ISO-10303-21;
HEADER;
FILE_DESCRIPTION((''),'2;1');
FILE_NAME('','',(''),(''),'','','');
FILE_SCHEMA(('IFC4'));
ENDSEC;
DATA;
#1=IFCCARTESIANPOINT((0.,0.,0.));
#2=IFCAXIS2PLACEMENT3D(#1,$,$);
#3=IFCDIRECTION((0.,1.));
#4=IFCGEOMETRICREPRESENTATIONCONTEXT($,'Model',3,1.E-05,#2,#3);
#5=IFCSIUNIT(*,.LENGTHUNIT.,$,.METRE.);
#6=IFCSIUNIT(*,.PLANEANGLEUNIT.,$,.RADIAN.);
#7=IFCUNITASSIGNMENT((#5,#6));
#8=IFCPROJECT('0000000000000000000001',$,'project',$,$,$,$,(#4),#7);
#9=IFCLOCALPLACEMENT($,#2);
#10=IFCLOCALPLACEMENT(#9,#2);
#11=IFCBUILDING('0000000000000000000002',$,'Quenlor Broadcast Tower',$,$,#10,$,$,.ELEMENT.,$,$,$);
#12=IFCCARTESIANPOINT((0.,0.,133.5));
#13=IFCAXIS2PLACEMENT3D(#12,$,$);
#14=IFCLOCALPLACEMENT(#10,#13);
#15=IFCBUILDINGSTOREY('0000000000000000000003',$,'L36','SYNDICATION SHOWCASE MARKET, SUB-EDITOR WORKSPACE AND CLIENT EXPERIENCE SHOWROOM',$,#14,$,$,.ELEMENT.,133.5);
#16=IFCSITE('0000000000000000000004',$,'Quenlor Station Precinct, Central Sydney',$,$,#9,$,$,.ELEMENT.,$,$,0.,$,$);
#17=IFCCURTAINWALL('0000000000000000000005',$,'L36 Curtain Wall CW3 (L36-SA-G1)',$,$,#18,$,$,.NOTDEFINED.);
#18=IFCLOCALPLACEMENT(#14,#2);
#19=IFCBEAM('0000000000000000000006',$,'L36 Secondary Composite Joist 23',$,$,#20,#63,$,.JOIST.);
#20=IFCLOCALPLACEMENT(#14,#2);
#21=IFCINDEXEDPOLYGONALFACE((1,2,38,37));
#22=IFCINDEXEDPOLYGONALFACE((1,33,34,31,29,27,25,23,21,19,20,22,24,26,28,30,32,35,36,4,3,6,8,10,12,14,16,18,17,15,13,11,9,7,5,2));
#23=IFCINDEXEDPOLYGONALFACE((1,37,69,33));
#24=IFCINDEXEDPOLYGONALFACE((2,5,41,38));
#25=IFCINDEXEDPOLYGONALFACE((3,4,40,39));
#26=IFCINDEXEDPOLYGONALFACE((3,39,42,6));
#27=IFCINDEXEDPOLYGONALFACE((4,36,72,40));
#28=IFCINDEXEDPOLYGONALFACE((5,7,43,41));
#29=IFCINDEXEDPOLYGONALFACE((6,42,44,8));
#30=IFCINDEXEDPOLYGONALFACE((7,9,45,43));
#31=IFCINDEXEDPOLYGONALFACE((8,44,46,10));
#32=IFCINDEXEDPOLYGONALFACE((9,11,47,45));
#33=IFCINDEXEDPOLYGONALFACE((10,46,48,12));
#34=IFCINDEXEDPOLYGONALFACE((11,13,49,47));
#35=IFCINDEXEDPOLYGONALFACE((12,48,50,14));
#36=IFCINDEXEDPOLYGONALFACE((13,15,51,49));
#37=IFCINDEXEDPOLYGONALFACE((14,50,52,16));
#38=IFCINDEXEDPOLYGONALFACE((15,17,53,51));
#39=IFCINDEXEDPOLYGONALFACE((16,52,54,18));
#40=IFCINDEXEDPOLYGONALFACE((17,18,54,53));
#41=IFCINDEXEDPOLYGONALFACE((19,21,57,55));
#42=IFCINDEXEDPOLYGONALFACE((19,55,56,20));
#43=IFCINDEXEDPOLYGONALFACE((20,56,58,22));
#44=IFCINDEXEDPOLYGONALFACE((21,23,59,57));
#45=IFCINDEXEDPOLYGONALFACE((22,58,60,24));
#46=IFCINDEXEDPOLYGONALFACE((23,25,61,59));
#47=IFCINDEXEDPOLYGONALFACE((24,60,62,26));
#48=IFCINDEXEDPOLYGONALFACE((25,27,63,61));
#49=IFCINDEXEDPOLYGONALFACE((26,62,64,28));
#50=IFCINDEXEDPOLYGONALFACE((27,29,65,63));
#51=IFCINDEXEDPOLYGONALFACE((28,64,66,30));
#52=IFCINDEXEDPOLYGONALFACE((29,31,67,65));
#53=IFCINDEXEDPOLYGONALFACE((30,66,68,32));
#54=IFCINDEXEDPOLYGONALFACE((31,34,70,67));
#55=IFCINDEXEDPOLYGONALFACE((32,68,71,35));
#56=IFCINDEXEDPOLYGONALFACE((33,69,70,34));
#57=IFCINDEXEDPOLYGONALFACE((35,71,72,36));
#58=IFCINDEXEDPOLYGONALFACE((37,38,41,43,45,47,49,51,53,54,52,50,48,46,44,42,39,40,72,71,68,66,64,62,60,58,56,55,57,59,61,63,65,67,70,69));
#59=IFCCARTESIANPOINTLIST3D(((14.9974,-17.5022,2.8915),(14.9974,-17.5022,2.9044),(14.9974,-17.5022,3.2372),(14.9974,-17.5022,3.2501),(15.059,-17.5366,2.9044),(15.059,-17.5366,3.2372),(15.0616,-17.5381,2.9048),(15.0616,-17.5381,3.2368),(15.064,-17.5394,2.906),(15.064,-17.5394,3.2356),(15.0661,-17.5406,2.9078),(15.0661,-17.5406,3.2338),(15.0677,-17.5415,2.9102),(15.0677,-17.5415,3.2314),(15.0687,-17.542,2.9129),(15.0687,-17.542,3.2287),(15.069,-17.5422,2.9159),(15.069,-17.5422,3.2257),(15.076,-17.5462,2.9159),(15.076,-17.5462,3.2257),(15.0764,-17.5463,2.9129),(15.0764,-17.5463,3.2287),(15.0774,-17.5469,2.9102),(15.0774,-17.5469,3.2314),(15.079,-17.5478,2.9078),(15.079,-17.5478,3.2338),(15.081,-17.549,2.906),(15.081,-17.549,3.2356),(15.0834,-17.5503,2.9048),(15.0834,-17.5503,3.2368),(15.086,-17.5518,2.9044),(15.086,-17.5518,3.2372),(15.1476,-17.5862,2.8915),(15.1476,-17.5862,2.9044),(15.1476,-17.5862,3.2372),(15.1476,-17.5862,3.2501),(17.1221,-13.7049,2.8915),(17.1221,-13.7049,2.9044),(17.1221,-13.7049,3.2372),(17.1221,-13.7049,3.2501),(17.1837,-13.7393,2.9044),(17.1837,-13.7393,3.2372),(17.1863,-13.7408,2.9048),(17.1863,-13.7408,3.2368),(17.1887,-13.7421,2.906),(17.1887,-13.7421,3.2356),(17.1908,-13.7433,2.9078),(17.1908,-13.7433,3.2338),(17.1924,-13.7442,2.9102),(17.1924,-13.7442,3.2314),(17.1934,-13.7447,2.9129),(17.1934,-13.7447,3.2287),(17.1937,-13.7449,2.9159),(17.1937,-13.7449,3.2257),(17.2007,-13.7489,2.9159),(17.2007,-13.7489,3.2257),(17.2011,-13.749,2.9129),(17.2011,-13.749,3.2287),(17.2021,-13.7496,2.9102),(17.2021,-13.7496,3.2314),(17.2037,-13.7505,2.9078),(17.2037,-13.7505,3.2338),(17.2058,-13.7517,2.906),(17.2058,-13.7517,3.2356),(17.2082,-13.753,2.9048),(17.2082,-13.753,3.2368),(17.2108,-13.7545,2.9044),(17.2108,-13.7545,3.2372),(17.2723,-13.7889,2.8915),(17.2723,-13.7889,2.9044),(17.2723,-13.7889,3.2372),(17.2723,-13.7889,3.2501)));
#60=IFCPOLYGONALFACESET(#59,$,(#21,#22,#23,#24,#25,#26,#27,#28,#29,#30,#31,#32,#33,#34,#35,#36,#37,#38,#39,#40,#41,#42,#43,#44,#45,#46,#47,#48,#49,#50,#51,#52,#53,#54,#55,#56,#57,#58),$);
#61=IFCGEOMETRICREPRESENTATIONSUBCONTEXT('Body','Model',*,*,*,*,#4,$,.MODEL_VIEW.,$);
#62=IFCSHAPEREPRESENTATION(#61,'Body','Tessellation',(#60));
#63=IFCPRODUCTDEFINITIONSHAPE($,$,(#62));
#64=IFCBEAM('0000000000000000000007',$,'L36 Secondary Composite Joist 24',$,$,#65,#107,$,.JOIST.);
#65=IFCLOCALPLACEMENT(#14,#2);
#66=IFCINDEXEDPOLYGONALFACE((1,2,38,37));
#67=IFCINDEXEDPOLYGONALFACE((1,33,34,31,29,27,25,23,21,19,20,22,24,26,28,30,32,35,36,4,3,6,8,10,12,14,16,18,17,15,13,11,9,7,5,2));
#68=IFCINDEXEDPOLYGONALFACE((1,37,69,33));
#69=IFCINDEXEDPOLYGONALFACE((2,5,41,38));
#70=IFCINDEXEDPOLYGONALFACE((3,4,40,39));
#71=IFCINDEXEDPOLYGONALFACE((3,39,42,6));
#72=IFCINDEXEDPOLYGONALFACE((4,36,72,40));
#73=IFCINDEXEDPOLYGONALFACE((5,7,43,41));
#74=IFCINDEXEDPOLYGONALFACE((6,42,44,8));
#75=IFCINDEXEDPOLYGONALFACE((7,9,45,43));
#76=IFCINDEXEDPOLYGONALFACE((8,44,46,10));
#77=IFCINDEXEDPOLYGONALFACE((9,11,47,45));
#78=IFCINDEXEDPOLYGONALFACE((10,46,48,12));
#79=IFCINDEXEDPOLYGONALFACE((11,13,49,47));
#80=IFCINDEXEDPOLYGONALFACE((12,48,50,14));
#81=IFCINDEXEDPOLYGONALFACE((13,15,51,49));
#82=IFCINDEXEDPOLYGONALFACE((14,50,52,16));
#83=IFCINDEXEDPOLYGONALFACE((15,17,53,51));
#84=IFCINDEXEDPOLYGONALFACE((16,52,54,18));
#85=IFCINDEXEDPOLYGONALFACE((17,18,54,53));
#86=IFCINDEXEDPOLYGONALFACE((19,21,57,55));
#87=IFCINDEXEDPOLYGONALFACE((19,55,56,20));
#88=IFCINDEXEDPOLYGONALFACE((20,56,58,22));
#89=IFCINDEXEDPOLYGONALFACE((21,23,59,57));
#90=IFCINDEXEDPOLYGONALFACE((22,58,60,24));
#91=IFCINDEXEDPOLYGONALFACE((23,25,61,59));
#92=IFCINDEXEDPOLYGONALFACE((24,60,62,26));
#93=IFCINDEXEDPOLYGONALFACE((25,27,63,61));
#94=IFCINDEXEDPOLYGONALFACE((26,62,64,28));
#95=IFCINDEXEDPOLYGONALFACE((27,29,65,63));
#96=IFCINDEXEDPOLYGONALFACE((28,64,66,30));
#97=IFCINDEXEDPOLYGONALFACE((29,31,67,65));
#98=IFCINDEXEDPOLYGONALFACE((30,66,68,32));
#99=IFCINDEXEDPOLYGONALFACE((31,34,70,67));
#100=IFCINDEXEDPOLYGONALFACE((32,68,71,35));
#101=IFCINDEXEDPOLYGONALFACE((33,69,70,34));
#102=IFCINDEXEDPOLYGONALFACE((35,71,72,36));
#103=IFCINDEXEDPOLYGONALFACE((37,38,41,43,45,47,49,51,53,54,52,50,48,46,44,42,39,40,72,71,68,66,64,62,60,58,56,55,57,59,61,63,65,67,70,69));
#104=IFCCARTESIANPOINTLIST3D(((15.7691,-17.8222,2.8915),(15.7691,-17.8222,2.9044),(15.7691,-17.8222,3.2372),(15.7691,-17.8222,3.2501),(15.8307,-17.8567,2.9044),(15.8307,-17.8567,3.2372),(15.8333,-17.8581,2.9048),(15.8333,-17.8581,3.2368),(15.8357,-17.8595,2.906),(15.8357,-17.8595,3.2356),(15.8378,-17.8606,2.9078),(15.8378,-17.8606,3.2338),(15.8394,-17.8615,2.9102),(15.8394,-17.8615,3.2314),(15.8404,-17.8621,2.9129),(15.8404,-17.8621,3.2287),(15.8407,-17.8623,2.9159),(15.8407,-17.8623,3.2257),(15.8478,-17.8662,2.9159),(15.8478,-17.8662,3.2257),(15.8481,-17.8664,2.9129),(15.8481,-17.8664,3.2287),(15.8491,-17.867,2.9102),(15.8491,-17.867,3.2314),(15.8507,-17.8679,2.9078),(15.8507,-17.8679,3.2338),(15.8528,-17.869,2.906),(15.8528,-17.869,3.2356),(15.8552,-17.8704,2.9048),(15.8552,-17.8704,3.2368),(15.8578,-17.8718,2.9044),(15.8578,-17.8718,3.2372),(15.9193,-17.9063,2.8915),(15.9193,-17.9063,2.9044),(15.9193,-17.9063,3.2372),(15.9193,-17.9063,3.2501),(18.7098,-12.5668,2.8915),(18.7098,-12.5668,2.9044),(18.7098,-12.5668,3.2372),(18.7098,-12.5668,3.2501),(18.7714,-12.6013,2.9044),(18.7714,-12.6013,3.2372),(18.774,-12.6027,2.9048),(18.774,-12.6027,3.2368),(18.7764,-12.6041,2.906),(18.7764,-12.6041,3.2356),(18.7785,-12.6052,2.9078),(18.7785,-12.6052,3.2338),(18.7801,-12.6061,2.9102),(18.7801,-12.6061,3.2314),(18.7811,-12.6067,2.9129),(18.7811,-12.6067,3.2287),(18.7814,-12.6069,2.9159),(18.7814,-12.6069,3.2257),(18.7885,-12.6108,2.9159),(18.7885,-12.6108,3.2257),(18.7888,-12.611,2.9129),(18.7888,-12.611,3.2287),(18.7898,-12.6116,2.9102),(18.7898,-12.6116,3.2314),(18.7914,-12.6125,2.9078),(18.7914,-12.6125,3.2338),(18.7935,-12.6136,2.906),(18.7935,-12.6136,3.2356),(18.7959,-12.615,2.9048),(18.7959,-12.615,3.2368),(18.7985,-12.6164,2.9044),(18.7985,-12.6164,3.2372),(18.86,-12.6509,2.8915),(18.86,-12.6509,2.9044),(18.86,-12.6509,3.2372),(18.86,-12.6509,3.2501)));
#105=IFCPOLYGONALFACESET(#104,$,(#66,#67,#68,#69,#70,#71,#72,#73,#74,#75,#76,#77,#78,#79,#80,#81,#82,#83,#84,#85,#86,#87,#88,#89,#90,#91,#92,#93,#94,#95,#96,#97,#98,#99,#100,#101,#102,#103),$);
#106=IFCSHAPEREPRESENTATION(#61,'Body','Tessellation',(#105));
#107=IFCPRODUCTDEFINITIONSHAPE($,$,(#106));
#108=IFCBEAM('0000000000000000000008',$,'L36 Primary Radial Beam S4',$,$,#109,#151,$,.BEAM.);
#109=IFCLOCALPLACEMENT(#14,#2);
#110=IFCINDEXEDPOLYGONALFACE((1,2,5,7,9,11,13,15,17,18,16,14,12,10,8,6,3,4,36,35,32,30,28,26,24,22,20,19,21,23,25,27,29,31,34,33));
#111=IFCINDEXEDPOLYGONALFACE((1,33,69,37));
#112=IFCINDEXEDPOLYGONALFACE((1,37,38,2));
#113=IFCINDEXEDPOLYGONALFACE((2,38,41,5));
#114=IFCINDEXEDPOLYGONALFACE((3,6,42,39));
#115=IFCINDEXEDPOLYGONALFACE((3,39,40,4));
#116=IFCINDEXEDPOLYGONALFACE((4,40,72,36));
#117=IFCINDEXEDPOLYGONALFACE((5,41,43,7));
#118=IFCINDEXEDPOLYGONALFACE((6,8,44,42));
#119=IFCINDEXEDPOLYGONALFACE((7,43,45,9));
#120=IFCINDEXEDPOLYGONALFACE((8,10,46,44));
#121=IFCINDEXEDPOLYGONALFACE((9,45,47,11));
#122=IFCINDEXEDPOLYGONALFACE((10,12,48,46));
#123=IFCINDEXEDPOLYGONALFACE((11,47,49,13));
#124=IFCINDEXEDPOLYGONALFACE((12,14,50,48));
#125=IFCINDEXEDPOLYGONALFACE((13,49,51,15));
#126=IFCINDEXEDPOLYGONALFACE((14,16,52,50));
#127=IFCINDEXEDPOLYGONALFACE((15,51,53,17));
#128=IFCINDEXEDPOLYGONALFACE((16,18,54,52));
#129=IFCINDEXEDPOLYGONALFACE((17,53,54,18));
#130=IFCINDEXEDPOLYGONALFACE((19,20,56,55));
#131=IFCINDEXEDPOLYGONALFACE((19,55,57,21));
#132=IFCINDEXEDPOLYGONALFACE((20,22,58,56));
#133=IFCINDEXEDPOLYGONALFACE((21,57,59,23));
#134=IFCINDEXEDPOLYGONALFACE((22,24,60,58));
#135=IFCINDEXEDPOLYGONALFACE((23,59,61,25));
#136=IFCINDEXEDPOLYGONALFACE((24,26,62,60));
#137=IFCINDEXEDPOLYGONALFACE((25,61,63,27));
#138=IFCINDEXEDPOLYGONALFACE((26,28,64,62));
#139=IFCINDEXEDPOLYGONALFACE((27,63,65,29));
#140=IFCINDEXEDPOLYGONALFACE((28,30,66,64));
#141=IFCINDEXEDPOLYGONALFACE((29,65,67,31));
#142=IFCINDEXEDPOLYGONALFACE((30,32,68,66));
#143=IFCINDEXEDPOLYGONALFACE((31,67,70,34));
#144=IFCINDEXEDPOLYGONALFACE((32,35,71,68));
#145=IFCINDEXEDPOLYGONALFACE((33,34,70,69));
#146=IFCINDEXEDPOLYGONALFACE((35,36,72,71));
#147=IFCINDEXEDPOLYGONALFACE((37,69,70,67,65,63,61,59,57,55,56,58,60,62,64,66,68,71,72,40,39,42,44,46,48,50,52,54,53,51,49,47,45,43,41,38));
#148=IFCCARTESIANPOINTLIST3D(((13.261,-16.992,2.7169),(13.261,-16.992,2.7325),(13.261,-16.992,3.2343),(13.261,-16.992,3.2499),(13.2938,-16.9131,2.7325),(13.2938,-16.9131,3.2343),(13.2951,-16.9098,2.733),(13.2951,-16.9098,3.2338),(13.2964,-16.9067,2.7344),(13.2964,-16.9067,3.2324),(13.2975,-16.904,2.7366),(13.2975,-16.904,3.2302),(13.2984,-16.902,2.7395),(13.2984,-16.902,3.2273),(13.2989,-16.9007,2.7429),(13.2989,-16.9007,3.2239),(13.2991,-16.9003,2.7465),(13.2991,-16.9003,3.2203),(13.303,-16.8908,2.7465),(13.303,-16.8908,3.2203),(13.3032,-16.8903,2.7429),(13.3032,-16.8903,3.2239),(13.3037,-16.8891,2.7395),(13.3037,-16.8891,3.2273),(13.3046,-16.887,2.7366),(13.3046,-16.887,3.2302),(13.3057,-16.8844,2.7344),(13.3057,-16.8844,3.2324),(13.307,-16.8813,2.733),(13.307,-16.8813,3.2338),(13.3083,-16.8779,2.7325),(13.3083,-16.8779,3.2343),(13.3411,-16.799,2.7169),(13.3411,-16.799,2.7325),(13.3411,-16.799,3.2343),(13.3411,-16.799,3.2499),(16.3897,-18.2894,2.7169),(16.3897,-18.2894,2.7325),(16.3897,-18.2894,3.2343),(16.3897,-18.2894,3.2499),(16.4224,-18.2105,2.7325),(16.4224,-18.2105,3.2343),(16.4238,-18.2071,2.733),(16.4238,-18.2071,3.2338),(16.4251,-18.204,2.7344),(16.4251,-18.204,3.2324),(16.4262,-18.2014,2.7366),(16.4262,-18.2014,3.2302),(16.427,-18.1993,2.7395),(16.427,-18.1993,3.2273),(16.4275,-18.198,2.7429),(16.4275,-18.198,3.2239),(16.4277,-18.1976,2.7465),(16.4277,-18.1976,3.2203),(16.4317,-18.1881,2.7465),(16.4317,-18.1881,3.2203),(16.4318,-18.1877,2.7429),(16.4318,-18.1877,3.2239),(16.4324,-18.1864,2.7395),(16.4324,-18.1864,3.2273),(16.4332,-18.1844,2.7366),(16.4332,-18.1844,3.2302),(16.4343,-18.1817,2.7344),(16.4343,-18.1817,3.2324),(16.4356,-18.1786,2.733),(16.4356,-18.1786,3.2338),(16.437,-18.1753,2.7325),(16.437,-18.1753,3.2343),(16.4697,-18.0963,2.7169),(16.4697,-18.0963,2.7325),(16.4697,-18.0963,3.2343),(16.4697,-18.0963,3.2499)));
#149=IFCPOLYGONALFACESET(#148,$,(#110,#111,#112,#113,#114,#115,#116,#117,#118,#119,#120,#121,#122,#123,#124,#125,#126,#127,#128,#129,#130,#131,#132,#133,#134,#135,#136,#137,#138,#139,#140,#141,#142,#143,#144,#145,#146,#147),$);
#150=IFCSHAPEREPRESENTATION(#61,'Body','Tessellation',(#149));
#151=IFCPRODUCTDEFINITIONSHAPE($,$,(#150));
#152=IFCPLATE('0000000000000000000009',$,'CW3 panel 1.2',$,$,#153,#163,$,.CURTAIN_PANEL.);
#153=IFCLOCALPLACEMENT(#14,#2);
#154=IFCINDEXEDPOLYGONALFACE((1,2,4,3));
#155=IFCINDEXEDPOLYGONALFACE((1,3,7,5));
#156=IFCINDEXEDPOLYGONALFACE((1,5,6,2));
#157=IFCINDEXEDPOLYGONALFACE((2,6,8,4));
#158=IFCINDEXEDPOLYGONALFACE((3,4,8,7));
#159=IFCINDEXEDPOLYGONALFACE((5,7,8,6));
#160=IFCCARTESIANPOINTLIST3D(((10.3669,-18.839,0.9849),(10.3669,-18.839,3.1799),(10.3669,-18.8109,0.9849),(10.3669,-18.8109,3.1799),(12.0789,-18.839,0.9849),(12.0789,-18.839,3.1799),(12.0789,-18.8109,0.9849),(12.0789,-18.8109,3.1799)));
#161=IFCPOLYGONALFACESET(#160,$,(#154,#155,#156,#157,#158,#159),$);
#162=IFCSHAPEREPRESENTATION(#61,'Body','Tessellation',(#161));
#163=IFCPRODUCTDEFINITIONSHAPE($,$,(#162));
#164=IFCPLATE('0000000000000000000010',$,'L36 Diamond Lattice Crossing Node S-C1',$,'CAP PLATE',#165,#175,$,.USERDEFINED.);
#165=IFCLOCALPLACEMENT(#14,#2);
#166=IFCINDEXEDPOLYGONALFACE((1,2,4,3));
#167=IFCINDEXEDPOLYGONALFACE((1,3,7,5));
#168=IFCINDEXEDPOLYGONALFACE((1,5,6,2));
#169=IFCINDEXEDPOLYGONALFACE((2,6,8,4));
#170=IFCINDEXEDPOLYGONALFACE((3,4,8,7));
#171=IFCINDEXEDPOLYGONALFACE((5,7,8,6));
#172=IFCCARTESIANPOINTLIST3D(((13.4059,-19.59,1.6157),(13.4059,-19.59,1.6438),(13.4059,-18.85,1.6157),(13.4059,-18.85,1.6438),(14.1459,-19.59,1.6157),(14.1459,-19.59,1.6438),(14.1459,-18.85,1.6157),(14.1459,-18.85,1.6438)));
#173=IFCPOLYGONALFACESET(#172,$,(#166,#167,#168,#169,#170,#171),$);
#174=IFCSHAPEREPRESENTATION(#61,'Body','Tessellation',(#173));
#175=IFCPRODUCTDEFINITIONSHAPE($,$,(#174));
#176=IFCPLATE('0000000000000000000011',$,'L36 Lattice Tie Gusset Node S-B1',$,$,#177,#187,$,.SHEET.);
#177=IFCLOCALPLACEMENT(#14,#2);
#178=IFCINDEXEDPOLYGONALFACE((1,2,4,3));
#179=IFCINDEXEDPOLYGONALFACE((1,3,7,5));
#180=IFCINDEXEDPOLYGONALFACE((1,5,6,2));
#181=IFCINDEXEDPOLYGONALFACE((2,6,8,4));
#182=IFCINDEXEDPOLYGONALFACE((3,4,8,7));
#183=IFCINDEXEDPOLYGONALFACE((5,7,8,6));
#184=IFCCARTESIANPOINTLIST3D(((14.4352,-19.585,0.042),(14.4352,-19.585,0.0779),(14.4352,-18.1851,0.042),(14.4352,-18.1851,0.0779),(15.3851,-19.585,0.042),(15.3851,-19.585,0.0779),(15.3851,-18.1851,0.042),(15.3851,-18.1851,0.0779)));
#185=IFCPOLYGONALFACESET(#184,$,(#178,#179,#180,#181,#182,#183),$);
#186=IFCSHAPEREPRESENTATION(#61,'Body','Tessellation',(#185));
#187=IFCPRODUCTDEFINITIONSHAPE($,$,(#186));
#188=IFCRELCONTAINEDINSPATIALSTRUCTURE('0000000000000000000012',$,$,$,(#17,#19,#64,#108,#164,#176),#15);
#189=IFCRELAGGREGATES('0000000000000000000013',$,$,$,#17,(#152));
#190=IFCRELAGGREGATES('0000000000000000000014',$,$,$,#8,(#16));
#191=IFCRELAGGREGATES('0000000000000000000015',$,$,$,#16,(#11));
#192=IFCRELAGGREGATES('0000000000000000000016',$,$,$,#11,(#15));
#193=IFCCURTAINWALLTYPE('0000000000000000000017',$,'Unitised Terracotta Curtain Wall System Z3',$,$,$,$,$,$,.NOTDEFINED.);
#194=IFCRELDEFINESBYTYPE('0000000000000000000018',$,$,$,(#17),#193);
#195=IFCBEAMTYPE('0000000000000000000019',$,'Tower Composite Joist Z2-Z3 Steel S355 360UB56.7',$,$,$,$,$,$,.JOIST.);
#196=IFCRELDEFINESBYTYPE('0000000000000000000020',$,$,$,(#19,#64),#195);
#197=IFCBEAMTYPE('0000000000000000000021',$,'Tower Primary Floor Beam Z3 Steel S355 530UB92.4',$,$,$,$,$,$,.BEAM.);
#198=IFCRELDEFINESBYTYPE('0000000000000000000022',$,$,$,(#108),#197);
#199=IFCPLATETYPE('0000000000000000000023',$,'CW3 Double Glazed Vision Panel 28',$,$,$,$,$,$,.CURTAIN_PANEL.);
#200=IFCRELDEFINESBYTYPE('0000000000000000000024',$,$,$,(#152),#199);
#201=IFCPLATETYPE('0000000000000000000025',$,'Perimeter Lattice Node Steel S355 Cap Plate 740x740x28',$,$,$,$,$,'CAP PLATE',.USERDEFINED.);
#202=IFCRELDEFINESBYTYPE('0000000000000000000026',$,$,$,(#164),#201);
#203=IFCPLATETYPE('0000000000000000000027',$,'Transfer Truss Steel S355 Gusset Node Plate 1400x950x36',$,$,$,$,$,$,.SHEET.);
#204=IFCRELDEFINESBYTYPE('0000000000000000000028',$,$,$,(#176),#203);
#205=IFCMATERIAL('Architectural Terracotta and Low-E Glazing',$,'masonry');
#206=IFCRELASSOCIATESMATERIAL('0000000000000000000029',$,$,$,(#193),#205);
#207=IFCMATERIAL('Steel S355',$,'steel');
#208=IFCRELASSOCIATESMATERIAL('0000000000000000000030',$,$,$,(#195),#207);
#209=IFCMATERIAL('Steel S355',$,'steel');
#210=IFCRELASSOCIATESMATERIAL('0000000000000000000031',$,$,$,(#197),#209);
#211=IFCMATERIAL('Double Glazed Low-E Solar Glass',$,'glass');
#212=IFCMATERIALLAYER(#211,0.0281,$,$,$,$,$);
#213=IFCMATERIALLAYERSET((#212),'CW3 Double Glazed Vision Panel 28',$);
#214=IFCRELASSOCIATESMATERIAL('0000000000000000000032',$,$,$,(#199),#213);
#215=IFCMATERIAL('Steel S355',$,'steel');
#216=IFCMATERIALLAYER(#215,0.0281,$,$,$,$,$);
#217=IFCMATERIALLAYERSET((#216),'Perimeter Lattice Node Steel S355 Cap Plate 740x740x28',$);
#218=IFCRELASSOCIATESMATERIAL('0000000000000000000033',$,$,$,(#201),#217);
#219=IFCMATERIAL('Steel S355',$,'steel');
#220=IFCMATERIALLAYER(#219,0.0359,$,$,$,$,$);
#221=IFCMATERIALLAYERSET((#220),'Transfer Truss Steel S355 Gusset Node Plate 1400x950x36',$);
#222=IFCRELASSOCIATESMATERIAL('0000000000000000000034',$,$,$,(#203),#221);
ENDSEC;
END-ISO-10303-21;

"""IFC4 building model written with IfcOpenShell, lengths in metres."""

from ifc_helpers import new_model, si_unit, direction, frame, origin, origin_2d, place, context, subcontext, project, spatial, rectangle, i_section, extrude, material, layer, layer_set, material_profile, profile_set, type_object, element, aggregate, save


model = new_model("IFC4")

# Units and contexts
model_context = context("Model", 3, precision=1e-05, world=origin(), true_north=direction((0.0, 1.0)))
body_context = subcontext(model_context, "Body", "Model", "MODEL_VIEW")
ifc_project = project(units=[si_unit("LENGTHUNIT", "METRE"), si_unit("PLANEANGLEUNIT", "RADIAN")], contexts=[model_context])

# Site, building, storey
site_placement = place(None, origin())
site = spatial("IfcSite", under=ifc_project, at=site_placement, Name="Quenlor Station Precinct, Central Sydney", CompositionType="ELEMENT", RefElevation=0.0)
building_placement = place(site_placement, origin())
building = spatial("IfcBuilding", under=site, at=building_placement, Name="Quenlor Broadcast Tower", CompositionType="ELEMENT")
storey_placement = place(building_placement, frame((0.0, 0.0, 133.5)))
storey = spatial("IfcBuildingStorey", under=building, at=storey_placement, Name="L36", Description="SYNDICATION SHOWCASE MARKET, SUB-EDITOR WORKSPACE AND CLIENT EXPERIENCE SHOWROOM", CompositionType="ELEMENT", Elevation=133.5)

# Curtain wall
ifc_material_1 = material(Name="Architectural Terracotta and Low-E Glazing", Category="masonry")
curtain_wall_type = type_object("IfcCurtainWallType", Name="Unitised Terracotta Curtain Wall System Z3", PredefinedType="NOTDEFINED", material=ifc_material_1)
curtain_wall_placement = place(storey_placement, origin())
curtain_wall = element("IfcCurtainWall", 1, at=curtain_wall_placement, inside=storey, type_object=curtain_wall_type, Name="L36 Curtain Wall CW3 (L36-SA-G1)", PredefinedType="NOTDEFINED")

# Beams
ifc_material_2 = material(Name="Steel S355", Category="steel")
ifc_material_profile_1 = material_profile(ifc_material_2, i_section(OverallWidth=0.1721, OverallDepth=0.3586, WebThickness=0.0081, FlangeThickness=0.0129, FilletRadius=0.0115, at=origin_2d()))
ifc_profile_set_1 = profile_set([ifc_material_profile_1], Name="Steel S355 360UB56.7")
beam_type_1 = type_object("IfcBeamType", Name="Tower Composite Joist Z2-Z3 Steel S355 360UB56.7", PredefinedType="JOIST", material=ifc_profile_set_1)
beam_1_placement = place(storey_placement, frame((15.0725, -17.5442, 3.0708), z_axis=(0.488294, 0.872679, 0.0), x_axis=(-0.872679, 0.488294, 0.0)))
element("IfcBeam", 2, at=beam_1_placement, inside=storey, type_object=beam_type_1, Name="L36 Secondary Composite Joist 23", PredefinedType="JOIST", context=body_context, shape_type="SweptSolid", body=[
    extrude(i_section(OverallWidth=0.1721, OverallDepth=0.3586, WebThickness=0.0081, FlangeThickness=0.0129, FilletRadius=0.0115, at=origin_2d()), origin(), (0.0, 0.0, 1.0), 4.3513),
])
beam_2_placement = place(storey_placement, frame((15.8442, -17.8643, 3.0708), z_axis=(0.488308, 0.872671, 0.0), x_axis=(-0.872671, 0.488308, 0.0)))
element("IfcBeam", 3, at=beam_2_placement, inside=storey, type_object=beam_type_1, Name="L36 Secondary Composite Joist 24", PredefinedType="JOIST", context=body_context, shape_type="SweptSolid", body=[
    extrude(i_section(OverallWidth=0.1721, OverallDepth=0.3586, WebThickness=0.0081, FlangeThickness=0.0129, FilletRadius=0.0115, at=origin_2d()), origin(), (0.0, 0.0, 1.0), 6.0222),
])
ifc_material_3 = material(Name="Steel S355", Category="steel")
ifc_material_profile_2 = material_profile(ifc_material_3, i_section(OverallWidth=0.209, OverallDepth=0.533, WebThickness=0.0103, FlangeThickness=0.0156, FilletRadius=0.0139, at=origin_2d()))
ifc_profile_set_2 = profile_set([ifc_material_profile_2], Name="Steel S355 530UB92.4")
beam_type_2 = type_object("IfcBeamType", Name="Tower Primary Floor Beam Z3 Steel S355 530UB92.4", PredefinedType="BEAM", material=ifc_profile_set_2)
beam_3_placement = place(storey_placement, frame((16.4297, -18.1929, 2.9834), z_axis=(-0.92373, 0.383044, 0.0), x_axis=(-0.383044, -0.92373, 0.0)))
element("IfcBeam", 4, at=beam_3_placement, inside=storey, type_object=beam_type_2, Name="L36 Primary Radial Beam S4", PredefinedType="BEAM", context=body_context, shape_type="SweptSolid", body=[
    extrude(i_section(OverallWidth=0.209, OverallDepth=0.533, WebThickness=0.0103, FlangeThickness=0.0156, FilletRadius=0.0139, at=origin_2d()), origin(), (0.0, 0.0, 1.0), 3.387),
])

# Plate
ifc_material_4 = material(Name="Double Glazed Low-E Solar Glass", Category="glass")
ifc_layer_1 = layer(ifc_material_4, 0.0281)
ifc_layer_set_1 = layer_set([ifc_layer_1], Name="CW3 Double Glazed Vision Panel 28")
plate_type_1 = type_object("IfcPlateType", Name="CW3 Double Glazed Vision Panel 28", PredefinedType="CURTAIN_PANEL", material=ifc_layer_set_1)
plate_1_placement = place(storey_placement, frame((11.2229, -18.825, 0.9849), z_axis=(0.0, 0.0, 1.0), x_axis=(-1.0, 0.0, 0.0)))
plate_1 = element("IfcPlate", 5, at=plate_1_placement, type_object=plate_type_1, Name="CW3 panel 1.2", PredefinedType="CURTAIN_PANEL", context=body_context, shape_type="SweptSolid", body=[
    extrude(rectangle(XDim=1.7119, YDim=0.0281, at=origin_2d()), origin(), (0.0, 0.0, 1.0), 2.1951),
])
aggregate(curtain_wall, [plate_1])

# Plates
ifc_material_5 = material(Name="Steel S355", Category="steel")
ifc_layer_2 = layer(ifc_material_5, 0.0281)
ifc_layer_set_2 = layer_set([ifc_layer_2], Name="Perimeter Lattice Node Steel S355 Cap Plate 740x740x28")
plate_type_2 = type_object("IfcPlateType", Name="Perimeter Lattice Node Steel S355 Cap Plate 740x740x28", ElementType="CAP PLATE", PredefinedType="USERDEFINED", material=ifc_layer_set_2)
plate_2_placement = place(storey_placement, frame((13.7759, -19.22, 1.6157), z_axis=(0.0, 0.0, 1.0), x_axis=(-1.0, 0.0, 0.0)))
element("IfcPlate", 6, at=plate_2_placement, inside=storey, type_object=plate_type_2, Name="L36 Diamond Lattice Crossing Node S-C1", ObjectType="CAP PLATE", PredefinedType="USERDEFINED", context=body_context, shape_type="SweptSolid", body=[
    extrude(rectangle(XDim=0.74, YDim=0.74, at=origin_2d()), origin(), (0.0, 0.0, 1.0), 0.0281),
])
ifc_material_6 = material(Name="Steel S355", Category="steel")
ifc_layer_3 = layer(ifc_material_6, 0.0359)
ifc_layer_set_3 = layer_set([ifc_layer_3], Name="Transfer Truss Steel S355 Gusset Node Plate 1400x950x36")
plate_type_3 = type_object("IfcPlateType", Name="Transfer Truss Steel S355 Gusset Node Plate 1400x950x36", PredefinedType="SHEET", material=ifc_layer_set_3)
for number, where, z_axis, x_axis, name in (
    (7, (14.9102, -18.885, 0.042), (0.0, 0.0, 1.0), (0.0, -1.0, 0.0), "L36 Lattice Tie Gusset Node S-B1"),
):
    element("IfcPlate", number, at=place(storey_placement, frame(where, z_axis=z_axis, x_axis=x_axis)), inside=storey, type_object=plate_type_3, Name=name, PredefinedType="SHEET", context=body_context, shape_type="SweptSolid", body=[
        extrude(rectangle(XDim=1.3999, YDim=0.95, at=origin_2d()), origin(), (0.0, 0.0, 1.0), 0.0359),
    ])

save(model, "model.ifc")
